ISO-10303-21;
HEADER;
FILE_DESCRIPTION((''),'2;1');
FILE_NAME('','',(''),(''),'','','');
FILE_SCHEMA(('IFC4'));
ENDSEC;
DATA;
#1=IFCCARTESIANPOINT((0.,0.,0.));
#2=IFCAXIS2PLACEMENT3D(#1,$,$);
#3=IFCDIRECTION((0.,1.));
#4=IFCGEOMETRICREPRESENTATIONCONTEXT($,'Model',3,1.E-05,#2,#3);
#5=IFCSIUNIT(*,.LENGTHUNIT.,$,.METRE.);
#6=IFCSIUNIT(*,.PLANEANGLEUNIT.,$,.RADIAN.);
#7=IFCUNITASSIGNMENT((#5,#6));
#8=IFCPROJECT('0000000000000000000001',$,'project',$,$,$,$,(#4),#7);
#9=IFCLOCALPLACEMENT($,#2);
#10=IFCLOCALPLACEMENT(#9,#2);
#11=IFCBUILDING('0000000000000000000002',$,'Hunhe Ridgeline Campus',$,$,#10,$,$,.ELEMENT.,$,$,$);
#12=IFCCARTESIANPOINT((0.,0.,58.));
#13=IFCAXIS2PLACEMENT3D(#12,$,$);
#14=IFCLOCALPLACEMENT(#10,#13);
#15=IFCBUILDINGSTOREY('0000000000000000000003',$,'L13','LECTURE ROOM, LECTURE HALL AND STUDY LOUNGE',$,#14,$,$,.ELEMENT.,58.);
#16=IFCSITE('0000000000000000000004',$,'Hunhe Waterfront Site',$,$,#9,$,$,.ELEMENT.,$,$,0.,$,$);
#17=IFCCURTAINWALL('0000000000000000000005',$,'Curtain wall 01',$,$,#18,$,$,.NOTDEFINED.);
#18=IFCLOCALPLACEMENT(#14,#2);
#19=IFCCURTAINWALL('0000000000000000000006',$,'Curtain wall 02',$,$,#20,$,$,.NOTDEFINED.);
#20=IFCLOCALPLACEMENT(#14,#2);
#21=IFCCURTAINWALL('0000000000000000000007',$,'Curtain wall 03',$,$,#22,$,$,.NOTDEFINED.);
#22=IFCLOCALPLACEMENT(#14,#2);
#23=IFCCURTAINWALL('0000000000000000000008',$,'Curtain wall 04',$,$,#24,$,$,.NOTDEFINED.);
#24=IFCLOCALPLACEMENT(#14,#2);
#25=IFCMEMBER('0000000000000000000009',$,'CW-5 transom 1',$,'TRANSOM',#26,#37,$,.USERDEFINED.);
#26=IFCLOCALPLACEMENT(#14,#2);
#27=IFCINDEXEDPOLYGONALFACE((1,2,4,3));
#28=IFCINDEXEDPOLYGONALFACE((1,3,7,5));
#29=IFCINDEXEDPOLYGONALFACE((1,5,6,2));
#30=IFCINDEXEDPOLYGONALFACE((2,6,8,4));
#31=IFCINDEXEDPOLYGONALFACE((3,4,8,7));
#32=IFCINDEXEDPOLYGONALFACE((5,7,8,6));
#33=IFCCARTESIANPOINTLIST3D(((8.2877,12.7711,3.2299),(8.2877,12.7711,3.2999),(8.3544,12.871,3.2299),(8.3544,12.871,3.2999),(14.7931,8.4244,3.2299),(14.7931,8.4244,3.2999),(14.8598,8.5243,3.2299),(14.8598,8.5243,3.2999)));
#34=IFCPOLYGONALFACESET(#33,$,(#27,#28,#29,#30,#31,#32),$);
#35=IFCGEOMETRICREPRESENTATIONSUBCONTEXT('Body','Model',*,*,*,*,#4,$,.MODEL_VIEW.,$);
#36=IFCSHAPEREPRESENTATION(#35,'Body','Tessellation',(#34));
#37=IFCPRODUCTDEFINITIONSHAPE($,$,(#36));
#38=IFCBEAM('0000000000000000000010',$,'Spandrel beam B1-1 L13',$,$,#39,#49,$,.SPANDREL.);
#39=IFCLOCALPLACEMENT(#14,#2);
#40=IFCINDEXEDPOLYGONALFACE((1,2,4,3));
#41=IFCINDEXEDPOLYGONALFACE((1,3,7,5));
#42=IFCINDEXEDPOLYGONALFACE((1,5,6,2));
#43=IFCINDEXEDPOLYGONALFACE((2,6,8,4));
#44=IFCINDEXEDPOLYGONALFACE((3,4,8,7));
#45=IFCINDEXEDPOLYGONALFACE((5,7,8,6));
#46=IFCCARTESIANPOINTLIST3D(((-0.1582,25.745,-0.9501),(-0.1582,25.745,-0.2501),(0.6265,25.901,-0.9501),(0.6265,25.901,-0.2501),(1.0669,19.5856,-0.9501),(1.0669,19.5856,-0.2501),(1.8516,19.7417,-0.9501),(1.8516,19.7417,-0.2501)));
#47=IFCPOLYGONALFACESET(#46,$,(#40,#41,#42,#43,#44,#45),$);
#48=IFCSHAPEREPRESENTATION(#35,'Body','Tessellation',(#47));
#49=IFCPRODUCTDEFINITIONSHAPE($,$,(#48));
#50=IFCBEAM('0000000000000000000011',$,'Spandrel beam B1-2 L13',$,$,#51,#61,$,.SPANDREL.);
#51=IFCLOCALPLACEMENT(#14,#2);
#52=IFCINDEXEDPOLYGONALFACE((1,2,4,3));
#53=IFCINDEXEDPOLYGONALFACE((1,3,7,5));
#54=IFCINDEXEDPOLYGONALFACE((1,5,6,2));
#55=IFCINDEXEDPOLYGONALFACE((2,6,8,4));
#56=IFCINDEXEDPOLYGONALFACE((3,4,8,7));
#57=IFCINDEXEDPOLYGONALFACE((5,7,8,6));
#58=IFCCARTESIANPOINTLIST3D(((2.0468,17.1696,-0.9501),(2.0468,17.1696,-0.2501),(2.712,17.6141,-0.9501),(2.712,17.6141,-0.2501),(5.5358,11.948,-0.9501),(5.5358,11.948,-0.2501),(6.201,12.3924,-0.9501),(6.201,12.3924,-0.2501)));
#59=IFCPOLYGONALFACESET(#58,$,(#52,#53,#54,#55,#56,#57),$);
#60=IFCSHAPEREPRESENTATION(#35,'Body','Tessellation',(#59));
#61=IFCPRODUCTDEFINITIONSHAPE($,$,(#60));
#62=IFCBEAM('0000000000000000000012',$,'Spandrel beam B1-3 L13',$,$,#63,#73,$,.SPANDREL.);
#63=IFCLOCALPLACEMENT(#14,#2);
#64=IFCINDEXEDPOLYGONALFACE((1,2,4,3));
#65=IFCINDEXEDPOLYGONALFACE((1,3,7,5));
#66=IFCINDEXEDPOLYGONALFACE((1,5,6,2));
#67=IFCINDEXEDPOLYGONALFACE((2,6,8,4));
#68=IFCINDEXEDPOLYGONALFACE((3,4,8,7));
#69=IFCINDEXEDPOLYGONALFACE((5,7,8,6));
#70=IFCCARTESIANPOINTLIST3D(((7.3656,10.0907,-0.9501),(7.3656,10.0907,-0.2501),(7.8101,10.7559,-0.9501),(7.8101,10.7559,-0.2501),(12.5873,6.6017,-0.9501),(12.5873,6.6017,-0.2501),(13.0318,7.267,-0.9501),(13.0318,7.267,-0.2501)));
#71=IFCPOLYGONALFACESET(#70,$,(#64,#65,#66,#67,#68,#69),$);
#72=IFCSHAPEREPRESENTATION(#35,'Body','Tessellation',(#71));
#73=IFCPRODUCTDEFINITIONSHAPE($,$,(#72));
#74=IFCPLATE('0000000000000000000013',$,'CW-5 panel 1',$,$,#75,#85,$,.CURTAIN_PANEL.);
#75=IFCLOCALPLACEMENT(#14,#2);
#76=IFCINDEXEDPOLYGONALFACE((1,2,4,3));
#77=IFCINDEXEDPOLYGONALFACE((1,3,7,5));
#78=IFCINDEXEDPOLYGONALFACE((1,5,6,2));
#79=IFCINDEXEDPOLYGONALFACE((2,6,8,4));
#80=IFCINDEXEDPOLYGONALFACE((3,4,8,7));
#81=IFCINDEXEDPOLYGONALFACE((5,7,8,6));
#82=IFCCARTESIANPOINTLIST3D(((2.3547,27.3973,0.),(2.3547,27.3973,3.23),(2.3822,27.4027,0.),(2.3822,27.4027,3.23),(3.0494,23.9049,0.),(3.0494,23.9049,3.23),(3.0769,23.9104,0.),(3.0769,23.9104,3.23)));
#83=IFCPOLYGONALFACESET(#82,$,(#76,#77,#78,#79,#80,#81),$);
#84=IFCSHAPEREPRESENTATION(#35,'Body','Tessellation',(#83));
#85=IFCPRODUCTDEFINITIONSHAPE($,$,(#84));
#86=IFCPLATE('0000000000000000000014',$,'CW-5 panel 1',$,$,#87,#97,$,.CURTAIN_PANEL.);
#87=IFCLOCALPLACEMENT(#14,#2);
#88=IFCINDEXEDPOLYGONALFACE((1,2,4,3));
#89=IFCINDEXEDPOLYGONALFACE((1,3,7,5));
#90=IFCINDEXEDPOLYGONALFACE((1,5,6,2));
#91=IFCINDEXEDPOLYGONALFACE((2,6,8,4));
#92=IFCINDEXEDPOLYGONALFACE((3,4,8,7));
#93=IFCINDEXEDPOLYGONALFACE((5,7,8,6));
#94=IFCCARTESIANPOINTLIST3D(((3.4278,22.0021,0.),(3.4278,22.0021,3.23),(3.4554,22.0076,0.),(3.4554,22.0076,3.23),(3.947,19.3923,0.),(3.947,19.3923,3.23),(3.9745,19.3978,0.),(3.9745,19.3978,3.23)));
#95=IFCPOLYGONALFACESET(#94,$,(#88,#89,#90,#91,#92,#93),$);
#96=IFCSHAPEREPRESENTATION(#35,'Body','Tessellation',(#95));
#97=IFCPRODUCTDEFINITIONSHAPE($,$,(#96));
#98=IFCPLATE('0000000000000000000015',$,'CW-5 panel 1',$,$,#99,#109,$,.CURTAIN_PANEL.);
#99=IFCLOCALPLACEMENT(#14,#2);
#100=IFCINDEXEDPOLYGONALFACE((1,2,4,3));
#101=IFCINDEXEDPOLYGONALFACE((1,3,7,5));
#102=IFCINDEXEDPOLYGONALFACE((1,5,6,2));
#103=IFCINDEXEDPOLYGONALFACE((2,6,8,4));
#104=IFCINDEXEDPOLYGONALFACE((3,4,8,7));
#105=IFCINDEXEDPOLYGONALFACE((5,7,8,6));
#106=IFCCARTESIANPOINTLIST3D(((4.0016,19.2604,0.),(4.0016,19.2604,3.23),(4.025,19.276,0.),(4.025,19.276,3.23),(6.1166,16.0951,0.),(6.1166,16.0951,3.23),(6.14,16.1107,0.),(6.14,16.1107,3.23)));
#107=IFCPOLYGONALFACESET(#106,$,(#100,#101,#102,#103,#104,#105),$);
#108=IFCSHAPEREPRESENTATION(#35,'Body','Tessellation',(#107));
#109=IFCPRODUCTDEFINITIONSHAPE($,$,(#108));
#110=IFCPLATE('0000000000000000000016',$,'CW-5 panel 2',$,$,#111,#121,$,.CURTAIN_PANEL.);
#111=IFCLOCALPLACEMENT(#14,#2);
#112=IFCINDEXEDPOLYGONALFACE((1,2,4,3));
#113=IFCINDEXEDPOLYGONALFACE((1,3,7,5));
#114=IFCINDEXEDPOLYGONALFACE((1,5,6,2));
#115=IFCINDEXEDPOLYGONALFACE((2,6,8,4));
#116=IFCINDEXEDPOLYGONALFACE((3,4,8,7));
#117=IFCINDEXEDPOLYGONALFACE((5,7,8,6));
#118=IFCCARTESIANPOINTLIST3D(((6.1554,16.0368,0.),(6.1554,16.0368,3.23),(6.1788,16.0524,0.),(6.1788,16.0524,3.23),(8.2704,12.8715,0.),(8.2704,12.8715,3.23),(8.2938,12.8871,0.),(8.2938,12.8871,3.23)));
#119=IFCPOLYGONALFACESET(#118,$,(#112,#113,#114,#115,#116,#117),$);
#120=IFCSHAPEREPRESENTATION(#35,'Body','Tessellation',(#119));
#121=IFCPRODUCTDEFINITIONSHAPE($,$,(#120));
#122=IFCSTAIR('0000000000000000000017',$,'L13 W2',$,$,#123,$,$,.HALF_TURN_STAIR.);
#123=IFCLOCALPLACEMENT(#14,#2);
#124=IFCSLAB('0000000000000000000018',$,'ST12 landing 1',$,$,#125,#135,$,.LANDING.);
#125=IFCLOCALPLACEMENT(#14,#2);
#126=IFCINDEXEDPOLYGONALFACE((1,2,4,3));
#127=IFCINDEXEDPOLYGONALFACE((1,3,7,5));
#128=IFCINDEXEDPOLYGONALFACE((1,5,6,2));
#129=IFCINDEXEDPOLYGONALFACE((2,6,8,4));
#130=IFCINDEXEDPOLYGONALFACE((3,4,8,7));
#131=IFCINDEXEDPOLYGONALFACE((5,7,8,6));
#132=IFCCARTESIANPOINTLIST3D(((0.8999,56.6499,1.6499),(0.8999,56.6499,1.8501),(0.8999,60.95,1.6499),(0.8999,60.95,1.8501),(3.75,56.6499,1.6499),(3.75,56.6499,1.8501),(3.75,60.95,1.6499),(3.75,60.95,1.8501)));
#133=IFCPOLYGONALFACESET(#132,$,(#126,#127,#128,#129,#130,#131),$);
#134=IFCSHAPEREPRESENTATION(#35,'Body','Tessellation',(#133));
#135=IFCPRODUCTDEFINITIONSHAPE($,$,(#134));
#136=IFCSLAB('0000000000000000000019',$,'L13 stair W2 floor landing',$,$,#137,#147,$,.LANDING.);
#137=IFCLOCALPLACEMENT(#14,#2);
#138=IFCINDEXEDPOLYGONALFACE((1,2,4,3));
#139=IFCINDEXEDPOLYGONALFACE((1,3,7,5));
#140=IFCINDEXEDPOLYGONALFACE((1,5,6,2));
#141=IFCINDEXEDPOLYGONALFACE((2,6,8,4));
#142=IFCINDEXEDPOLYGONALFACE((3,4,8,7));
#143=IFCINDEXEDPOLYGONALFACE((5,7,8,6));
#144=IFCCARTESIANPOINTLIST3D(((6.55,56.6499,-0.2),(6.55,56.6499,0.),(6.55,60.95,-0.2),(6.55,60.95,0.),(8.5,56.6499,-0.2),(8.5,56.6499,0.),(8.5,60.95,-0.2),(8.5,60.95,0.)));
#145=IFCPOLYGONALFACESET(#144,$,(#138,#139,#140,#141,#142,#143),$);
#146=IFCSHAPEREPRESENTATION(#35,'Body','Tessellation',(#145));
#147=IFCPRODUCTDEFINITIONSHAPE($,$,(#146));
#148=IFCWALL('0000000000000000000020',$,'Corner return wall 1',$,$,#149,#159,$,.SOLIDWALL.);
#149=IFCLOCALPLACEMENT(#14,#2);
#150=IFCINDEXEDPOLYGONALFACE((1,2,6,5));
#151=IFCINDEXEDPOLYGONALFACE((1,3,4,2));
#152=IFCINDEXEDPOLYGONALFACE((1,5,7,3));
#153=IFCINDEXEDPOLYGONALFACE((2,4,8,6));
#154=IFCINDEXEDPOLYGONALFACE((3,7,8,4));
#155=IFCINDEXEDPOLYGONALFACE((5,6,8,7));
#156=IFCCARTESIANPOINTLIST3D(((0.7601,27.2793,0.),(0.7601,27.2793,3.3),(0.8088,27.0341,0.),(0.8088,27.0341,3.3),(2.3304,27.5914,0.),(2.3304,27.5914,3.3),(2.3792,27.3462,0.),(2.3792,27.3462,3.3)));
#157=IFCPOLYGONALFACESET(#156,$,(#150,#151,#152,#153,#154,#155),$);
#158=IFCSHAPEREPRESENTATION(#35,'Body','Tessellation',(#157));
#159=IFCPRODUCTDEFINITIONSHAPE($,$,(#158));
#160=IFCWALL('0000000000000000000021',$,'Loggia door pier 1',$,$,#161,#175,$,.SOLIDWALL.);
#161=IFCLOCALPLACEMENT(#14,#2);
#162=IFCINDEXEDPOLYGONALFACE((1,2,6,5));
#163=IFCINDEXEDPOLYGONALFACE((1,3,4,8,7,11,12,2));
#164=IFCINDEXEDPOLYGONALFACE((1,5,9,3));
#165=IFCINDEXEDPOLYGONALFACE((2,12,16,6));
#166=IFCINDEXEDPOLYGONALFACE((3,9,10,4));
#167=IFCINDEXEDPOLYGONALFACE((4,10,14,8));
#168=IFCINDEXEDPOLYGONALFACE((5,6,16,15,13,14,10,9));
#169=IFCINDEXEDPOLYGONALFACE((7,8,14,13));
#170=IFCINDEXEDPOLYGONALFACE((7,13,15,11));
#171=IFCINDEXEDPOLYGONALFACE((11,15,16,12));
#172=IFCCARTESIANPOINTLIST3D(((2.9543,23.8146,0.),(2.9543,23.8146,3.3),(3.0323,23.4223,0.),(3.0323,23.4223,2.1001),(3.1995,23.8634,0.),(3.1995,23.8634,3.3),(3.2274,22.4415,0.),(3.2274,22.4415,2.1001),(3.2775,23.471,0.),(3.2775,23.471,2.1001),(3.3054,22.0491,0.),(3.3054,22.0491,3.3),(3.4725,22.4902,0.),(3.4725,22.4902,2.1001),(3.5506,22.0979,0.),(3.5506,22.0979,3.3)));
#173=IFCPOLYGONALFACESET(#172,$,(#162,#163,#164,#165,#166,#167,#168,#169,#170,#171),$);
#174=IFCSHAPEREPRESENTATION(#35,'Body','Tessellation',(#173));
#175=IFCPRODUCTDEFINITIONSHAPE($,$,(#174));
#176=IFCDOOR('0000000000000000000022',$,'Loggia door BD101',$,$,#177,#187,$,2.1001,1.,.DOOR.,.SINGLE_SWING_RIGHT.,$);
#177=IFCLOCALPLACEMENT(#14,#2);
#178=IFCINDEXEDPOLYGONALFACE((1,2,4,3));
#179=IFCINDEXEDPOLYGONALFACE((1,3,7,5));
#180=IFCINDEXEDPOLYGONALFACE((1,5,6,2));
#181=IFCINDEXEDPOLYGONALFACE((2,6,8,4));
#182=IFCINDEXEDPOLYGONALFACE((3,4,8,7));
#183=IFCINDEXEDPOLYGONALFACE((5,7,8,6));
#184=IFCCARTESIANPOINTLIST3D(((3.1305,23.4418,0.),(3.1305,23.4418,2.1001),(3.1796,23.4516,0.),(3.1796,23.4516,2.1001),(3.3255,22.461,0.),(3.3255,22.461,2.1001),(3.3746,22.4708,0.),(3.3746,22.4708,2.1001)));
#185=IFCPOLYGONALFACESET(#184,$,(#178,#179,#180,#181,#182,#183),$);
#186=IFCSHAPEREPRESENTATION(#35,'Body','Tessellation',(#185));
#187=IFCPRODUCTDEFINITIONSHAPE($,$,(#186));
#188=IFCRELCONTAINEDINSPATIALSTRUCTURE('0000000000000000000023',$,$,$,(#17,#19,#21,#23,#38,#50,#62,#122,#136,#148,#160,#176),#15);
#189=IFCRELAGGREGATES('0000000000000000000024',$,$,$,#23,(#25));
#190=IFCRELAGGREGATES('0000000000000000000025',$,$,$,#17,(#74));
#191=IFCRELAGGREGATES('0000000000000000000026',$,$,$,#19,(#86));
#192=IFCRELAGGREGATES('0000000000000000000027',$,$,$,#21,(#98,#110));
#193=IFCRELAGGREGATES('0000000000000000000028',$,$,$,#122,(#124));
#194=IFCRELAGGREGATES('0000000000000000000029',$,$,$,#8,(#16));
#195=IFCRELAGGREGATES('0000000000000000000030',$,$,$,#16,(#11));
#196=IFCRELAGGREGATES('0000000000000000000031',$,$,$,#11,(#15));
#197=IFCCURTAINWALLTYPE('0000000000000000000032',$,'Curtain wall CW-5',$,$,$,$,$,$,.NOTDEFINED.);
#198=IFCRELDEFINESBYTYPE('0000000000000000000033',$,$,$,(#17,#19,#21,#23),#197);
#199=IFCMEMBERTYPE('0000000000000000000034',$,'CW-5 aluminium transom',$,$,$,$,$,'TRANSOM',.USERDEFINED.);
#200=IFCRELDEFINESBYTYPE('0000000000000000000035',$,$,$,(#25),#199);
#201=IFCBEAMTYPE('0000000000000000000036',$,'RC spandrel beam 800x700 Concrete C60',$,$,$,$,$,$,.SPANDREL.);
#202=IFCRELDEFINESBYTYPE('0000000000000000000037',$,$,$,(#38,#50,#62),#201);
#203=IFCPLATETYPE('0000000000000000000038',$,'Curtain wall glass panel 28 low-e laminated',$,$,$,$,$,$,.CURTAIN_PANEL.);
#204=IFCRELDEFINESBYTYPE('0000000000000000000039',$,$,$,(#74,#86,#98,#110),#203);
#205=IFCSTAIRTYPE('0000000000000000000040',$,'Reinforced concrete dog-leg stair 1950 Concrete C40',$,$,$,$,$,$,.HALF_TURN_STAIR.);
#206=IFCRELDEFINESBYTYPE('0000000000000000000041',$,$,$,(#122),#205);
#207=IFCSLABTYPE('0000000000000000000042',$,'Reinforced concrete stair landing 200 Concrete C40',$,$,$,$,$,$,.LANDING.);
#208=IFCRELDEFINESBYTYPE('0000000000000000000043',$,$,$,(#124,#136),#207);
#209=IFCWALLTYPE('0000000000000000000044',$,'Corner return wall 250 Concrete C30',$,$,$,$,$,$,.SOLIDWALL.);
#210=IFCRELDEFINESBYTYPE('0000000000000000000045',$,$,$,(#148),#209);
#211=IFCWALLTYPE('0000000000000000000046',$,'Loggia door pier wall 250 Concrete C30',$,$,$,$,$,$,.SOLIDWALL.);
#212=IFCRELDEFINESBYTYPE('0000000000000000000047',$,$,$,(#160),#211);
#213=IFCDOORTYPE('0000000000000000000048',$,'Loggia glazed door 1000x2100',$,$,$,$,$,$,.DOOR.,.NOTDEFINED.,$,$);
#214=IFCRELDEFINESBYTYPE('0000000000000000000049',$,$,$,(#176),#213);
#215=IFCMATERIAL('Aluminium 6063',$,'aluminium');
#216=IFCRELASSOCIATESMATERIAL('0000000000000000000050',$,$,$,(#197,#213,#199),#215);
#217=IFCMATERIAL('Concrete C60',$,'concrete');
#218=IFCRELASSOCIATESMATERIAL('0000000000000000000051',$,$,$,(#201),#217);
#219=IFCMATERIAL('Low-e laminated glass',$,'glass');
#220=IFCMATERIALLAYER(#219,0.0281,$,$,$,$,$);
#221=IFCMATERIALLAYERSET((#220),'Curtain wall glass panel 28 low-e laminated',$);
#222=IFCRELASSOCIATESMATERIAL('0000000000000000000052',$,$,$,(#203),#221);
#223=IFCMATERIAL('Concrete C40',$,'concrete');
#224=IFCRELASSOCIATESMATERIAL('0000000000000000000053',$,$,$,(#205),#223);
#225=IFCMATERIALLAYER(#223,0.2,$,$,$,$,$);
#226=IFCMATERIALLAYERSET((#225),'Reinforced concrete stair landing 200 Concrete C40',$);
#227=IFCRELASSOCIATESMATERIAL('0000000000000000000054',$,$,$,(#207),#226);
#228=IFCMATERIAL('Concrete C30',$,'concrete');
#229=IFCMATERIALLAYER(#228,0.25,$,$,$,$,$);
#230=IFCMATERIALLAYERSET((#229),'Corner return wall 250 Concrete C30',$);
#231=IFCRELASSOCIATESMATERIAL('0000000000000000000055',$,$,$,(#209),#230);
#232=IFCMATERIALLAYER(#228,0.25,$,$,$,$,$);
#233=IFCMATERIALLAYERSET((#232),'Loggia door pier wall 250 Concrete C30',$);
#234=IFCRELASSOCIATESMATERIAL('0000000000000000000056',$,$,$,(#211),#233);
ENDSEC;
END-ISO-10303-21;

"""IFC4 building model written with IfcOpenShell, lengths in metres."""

from ifc_helpers import new_model, si_unit, direction, frame, frame_2d, origin, origin_2d, place, context, subcontext, project, spatial, polyline, rectangle, outline, extrude, material, layer, layer_set, material_profile, profile_set, type_object, element, fill, aggregate, save


model = new_model("IFC4")

# Units and contexts
model_context = context("Model", 3, precision=1e-05, world=origin(), true_north=direction((0.0, 1.0)))
body_context = subcontext(model_context, "Body", "Model", "MODEL_VIEW")
ifc_project = project(units=[si_unit("LENGTHUNIT", "METRE"), si_unit("PLANEANGLEUNIT", "RADIAN")], contexts=[model_context])

# Site, building, storey
site_placement = place(None, origin())
site = spatial("IfcSite", under=ifc_project, at=site_placement, Name="Hunhe Waterfront Site", CompositionType="ELEMENT", RefElevation=0.0)
building_placement = place(site_placement, origin())
building = spatial("IfcBuilding", under=site, at=building_placement, Name="Hunhe Ridgeline Campus", CompositionType="ELEMENT")
storey_placement = place(building_placement, frame((0.0, 0.0, 58.0)))
storey = spatial("IfcBuildingStorey", under=building, at=storey_placement, Name="L13", Description="LECTURE ROOM, LECTURE HALL AND STUDY LOUNGE", CompositionType="ELEMENT", Elevation=58.0)

# Curtain walls
ifc_material_1 = material(Name="Aluminium 6063", Category="aluminium")
curtain_wall_type = type_object("IfcCurtainWallType", Name="Curtain wall CW-5", PredefinedType="NOTDEFINED", material=ifc_material_1)
curtain_wall_1_placement = place(storey_placement, origin())
curtain_wall_1 = element("IfcCurtainWall", 1, at=curtain_wall_1_placement, inside=storey, type_object=curtain_wall_type, Name="Curtain wall 01", PredefinedType="NOTDEFINED")
curtain_wall_2_placement = place(storey_placement, origin())
curtain_wall_2 = element("IfcCurtainWall", 2, at=curtain_wall_2_placement, inside=storey, type_object=curtain_wall_type, Name="Curtain wall 02", PredefinedType="NOTDEFINED")
curtain_wall_3_placement = place(storey_placement, origin())
curtain_wall_3 = element("IfcCurtainWall", 3, at=curtain_wall_3_placement, inside=storey, type_object=curtain_wall_type, Name="Curtain wall 03", PredefinedType="NOTDEFINED")

# Curtain wall
curtain_wall_4_placement = place(storey_placement, origin())
curtain_wall_4 = element("IfcCurtainWall", 4, at=curtain_wall_4_placement, inside=storey, type_object=curtain_wall_type, Name="Curtain wall 04", PredefinedType="NOTDEFINED")

# Member
ifc_material_profile_1 = material_profile(ifc_material_1, rectangle(XDim=0.1201, YDim=0.0701, at=origin_2d()))
ifc_profile_set_1 = profile_set([ifc_material_profile_1], Name="Aluminium 6063")
member_type_1 = type_object("IfcMemberType", Name="CW-5 aluminium transom", ElementType="TRANSOM", PredefinedType="USERDEFINED", material=ifc_profile_set_1)
member_1_placement = place(storey_placement, frame((8.321, 12.821, 3.2649), z_axis=(0.831474, -0.555564, 0.0), x_axis=(0.555564, 0.831474, 0.0)))
member_1 = element("IfcMember", 5, at=member_1_placement, type_object=member_type_1, Name="CW-5 transom 1", ObjectType="TRANSOM", PredefinedType="USERDEFINED", context=body_context, shape_type="SweptSolid", body=[
    extrude(rectangle(XDim=0.1201, YDim=0.0701, at=origin_2d()), origin(), (0.0, 0.0, 1.0), 7.824),
])
aggregate(curtain_wall_4, [member_1])

# Beams
ifc_material_2 = material(Name="Concrete C60", Category="concrete")
ifc_material_profile_2 = material_profile(ifc_material_2, rectangle(XDim=0.8, YDim=0.7, at=origin_2d()))
ifc_profile_set_2 = profile_set([ifc_material_profile_2], Name="Concrete C60")
beam_type = type_object("IfcBeamType", Name="RC spandrel beam 800x700 Concrete C60", PredefinedType="SPANDREL", material=ifc_profile_set_2)
for number, where, z_axis, x_axis, name in (
    (6, (0.2341, 25.823, -0.6001), (0.195077, -0.980788, 0.0), (0.980788, 0.195077, 0.0), "Spandrel beam B1-1 L13"),
    (7, (2.3794, 17.3918, -0.6001), (0.55557, -0.83147, 0.0), (0.83147, 0.55557, 0.0), "Spandrel beam B1-2 L13"),
    (8, (7.5879, 10.4233, -0.6001), (0.83147, -0.55557, 0.0), (0.55557, 0.83147, 0.0), "Spandrel beam B1-3 L13"),
):
    element("IfcBeam", number, at=place(storey_placement, frame(where, z_axis=z_axis, x_axis=x_axis)), inside=storey, type_object=beam_type, Name=name, PredefinedType="SPANDREL", context=body_context, shape_type="SweptSolid", body=[
        extrude(rectangle(XDim=0.8, YDim=0.7, at=origin_2d()), origin(), (0.0, 0.0, 1.0), 6.28),
    ])

# Plates
ifc_material_3 = material(Name="Low-e laminated glass", Category="glass")
ifc_layer_1 = layer(ifc_material_3, 0.0281)
ifc_layer_set_1 = layer_set([ifc_layer_1], Name="Curtain wall glass panel 28 low-e laminated")
plate_type = type_object("IfcPlateType", Name="Curtain wall glass panel 28 low-e laminated", PredefinedType="CURTAIN_PANEL", material=ifc_layer_set_1)
plate_1_placement = place(storey_placement, frame((2.7158, 25.6538, 0.0), z_axis=(0.0, 0.0, 1.0), x_axis=(0.195095, -0.980784, 0.0)))
plate_1 = element("IfcPlate", 9, at=plate_1_placement, type_object=plate_type, Name="CW-5 panel 1", PredefinedType="CURTAIN_PANEL", context=body_context, shape_type="SweptSolid", body=[
    extrude(rectangle(XDim=3.5608, YDim=0.0281, at=origin_2d()), origin(), (0.0, 0.0, 1.0), 3.23),
])
aggregate(curtain_wall_1, [plate_1])
plate_2_placement = place(storey_placement, frame((3.7012, 20.7, 0.0), z_axis=(0.0, 0.0, 1.0), x_axis=(0.195095, -0.980784, 0.0)))
plate_2 = element("IfcPlate", 10, at=plate_2_placement, type_object=plate_type, Name="CW-5 panel 1", PredefinedType="CURTAIN_PANEL", context=body_context, shape_type="SweptSolid", body=[
    extrude(rectangle(XDim=2.6609, YDim=0.0281, at=origin_2d()), origin(), (0.0, 0.0, 1.0), 3.23),
])
aggregate(curtain_wall_2, [plate_2])
plate_3_placement = place(storey_placement, frame((5.0708, 17.6855, 0.0), z_axis=(0.0, 0.0, 1.0), x_axis=(0.55557, -0.83147, 0.0)))
plate_3 = element("IfcPlate", 11, at=plate_3_placement, type_object=plate_type, Name="CW-5 panel 1", PredefinedType="CURTAIN_PANEL", context=body_context, shape_type="SweptSolid", body=[
    extrude(rectangle(XDim=3.8069, YDim=0.0281, at=origin_2d()), origin(), (0.0, 0.0, 1.0), 3.23),
])
plate_4_placement = place(storey_placement, frame((7.2246, 14.4619, 0.0), z_axis=(0.0, 0.0, 1.0), x_axis=(0.55557, -0.83147, 0.0)))
plate_4 = element("IfcPlate", 12, at=plate_4_placement, type_object=plate_type, Name="CW-5 panel 2", PredefinedType="CURTAIN_PANEL", context=body_context, shape_type="SweptSolid", body=[
    extrude(rectangle(XDim=3.8069, YDim=0.0281, at=origin_2d()), origin(), (0.0, 0.0, 1.0), 3.23),
])
aggregate(curtain_wall_3, [plate_3, plate_4])

# Stair, slab
ifc_material_4 = material(Name="Concrete C40", Category="concrete")
stair_type = type_object("IfcStairType", Name="Reinforced concrete dog-leg stair 1950 Concrete C40", PredefinedType="HALF_TURN_STAIR", material=ifc_material_4)
stair_placement = place(storey_placement, origin())
stair = element("IfcStair", 13, at=stair_placement, inside=storey, type_object=stair_type, Name="L13 W2", PredefinedType="HALF_TURN_STAIR")
ifc_layer_2 = layer(ifc_material_4, 0.2)
ifc_layer_set_2 = layer_set([ifc_layer_2], Name="Reinforced concrete stair landing 200 Concrete C40")
slab_type = type_object("IfcSlabType", Name="Reinforced concrete stair landing 200 Concrete C40", PredefinedType="LANDING", material=ifc_layer_set_2)
slab_1_placement = place(storey_placement, frame((0.0, 0.0, 1.6499)))
slab_1 = element("IfcSlab", 14, at=slab_1_placement, type_object=slab_type, Name="ST12 landing 1", PredefinedType="LANDING", context=body_context, shape_type="SweptSolid", body=[
    extrude(outline(polyline([(3.75, 60.95), (0.8999, 60.95), (0.8999, 56.6499), (3.75, 56.6499), (3.75, 60.95)])), origin(), (0.0, 0.0, 1.0), 0.2002),
])
aggregate(stair, [slab_1])

# Slab
slab_2_placement = place(storey_placement, frame((0.0, 0.0, -0.2)))
element("IfcSlab", 15, at=slab_2_placement, inside=storey, type_object=slab_type, Name="L13 stair W2 floor landing", PredefinedType="LANDING", context=body_context, shape_type="SweptSolid", body=[
    extrude(outline(polyline([(8.5, 60.95), (6.55, 60.95), (6.55, 56.6499), (8.5, 56.6499), (8.5, 60.95)])), origin(), (0.0, 0.0, 1.0), 0.2),
])

# Wall
ifc_material_5 = material(Name="Concrete C30", Category="concrete")
ifc_layer_3 = layer(ifc_material_5, 0.25)
ifc_layer_set_3 = layer_set([ifc_layer_3], Name="Corner return wall 250 Concrete C30")
wall_type_1 = type_object("IfcWallType", Name="Corner return wall 250 Concrete C30", PredefinedType="SOLIDWALL", material=ifc_layer_set_3)
wall_1_placement = place(storey_placement, frame((0.7844, 27.1567, 0.0), z_axis=(0.0, 0.0, 1.0), x_axis=(0.980826, 0.194884, 0.0)))
element("IfcWall", 16, at=wall_1_placement, inside=storey, type_object=wall_type_1, Name="Corner return wall 1", PredefinedType="SOLIDWALL", context=body_context, shape_type="SweptSolid", body=[
    extrude(rectangle(XDim=1.6011, YDim=0.25, at=frame_2d((0.8005, 0.0))), origin(), (0.0, 0.0, 1.0), 3.3),
])

# Wall, opening, door
ifc_layer_4 = layer(ifc_material_5, 0.25)
ifc_layer_set_4 = layer_set([ifc_layer_4], Name="Loggia door pier wall 250 Concrete C30")
wall_type_2 = type_object("IfcWallType", Name="Loggia door pier wall 250 Concrete C30", PredefinedType="SOLIDWALL", material=ifc_layer_set_4)
wall_2_placement = place(storey_placement, frame((3.0769, 23.8389, 0.0), z_axis=(0.0, 0.0, 1.0), x_axis=(0.195047, -0.980794, 0.0)))
wall_2 = element("IfcWall", 17, at=wall_2_placement, inside=storey, type_object=wall_type_2, Name="Loggia door pier 1", PredefinedType="SOLIDWALL", context=body_context, shape_type="SweptSolid", body=[
    extrude(rectangle(XDim=1.8, YDim=0.25, at=frame_2d((0.8999, 0.0))), origin(), (0.0, 0.0, 1.0), 3.3),
])
opening_placement = place(wall_2_placement, frame((0.3999, 0.0, 0.0)))
opening = element("IfcOpeningElement", 18, at=opening_placement, cuts=wall_2, PredefinedType="OPENING", context=body_context, shape_type="SweptSolid", body=[
    extrude(rectangle(XDim=1.0, YDim=2.1001, at=frame_2d((0.5, 1.05))), frame((0.0, 0.125, 0.0), z_axis=(0.0, -1.0, 0.0), x_axis=(1.0, 0.0, 0.0)), (0.0, 0.0, 1.0), 0.25),
])
door_type = type_object("IfcDoorType", Name="Loggia glazed door 1000x2100", OperationType="NOTDEFINED", PredefinedType="DOOR", material=ifc_material_1)
door_placement = place(opening_placement, frame((1.0, 0.0, 0.0), z_axis=(0.0, 0.0, 1.0), x_axis=(-1.0, 0.0, 0.0)))
door = element("IfcDoor", 19, at=door_placement, inside=storey, type_object=door_type, Name="Loggia door BD101", OperationType="SINGLE_SWING_RIGHT", OverallHeight=2.1001, OverallWidth=1.0, PredefinedType="DOOR", context=body_context, shape_type="SweptSolid", body=[
    extrude(rectangle(XDim=1.0, YDim=2.1001, at=frame_2d((0.5, 1.05))), frame((0.0, 0.0249, 0.0), z_axis=(0.0, -1.0, 0.0), x_axis=(1.0, 0.0, 0.0)), (0.0, 0.0, 1.0), 0.05),
])
fill(opening, door)

save(model, "model.ifc")
